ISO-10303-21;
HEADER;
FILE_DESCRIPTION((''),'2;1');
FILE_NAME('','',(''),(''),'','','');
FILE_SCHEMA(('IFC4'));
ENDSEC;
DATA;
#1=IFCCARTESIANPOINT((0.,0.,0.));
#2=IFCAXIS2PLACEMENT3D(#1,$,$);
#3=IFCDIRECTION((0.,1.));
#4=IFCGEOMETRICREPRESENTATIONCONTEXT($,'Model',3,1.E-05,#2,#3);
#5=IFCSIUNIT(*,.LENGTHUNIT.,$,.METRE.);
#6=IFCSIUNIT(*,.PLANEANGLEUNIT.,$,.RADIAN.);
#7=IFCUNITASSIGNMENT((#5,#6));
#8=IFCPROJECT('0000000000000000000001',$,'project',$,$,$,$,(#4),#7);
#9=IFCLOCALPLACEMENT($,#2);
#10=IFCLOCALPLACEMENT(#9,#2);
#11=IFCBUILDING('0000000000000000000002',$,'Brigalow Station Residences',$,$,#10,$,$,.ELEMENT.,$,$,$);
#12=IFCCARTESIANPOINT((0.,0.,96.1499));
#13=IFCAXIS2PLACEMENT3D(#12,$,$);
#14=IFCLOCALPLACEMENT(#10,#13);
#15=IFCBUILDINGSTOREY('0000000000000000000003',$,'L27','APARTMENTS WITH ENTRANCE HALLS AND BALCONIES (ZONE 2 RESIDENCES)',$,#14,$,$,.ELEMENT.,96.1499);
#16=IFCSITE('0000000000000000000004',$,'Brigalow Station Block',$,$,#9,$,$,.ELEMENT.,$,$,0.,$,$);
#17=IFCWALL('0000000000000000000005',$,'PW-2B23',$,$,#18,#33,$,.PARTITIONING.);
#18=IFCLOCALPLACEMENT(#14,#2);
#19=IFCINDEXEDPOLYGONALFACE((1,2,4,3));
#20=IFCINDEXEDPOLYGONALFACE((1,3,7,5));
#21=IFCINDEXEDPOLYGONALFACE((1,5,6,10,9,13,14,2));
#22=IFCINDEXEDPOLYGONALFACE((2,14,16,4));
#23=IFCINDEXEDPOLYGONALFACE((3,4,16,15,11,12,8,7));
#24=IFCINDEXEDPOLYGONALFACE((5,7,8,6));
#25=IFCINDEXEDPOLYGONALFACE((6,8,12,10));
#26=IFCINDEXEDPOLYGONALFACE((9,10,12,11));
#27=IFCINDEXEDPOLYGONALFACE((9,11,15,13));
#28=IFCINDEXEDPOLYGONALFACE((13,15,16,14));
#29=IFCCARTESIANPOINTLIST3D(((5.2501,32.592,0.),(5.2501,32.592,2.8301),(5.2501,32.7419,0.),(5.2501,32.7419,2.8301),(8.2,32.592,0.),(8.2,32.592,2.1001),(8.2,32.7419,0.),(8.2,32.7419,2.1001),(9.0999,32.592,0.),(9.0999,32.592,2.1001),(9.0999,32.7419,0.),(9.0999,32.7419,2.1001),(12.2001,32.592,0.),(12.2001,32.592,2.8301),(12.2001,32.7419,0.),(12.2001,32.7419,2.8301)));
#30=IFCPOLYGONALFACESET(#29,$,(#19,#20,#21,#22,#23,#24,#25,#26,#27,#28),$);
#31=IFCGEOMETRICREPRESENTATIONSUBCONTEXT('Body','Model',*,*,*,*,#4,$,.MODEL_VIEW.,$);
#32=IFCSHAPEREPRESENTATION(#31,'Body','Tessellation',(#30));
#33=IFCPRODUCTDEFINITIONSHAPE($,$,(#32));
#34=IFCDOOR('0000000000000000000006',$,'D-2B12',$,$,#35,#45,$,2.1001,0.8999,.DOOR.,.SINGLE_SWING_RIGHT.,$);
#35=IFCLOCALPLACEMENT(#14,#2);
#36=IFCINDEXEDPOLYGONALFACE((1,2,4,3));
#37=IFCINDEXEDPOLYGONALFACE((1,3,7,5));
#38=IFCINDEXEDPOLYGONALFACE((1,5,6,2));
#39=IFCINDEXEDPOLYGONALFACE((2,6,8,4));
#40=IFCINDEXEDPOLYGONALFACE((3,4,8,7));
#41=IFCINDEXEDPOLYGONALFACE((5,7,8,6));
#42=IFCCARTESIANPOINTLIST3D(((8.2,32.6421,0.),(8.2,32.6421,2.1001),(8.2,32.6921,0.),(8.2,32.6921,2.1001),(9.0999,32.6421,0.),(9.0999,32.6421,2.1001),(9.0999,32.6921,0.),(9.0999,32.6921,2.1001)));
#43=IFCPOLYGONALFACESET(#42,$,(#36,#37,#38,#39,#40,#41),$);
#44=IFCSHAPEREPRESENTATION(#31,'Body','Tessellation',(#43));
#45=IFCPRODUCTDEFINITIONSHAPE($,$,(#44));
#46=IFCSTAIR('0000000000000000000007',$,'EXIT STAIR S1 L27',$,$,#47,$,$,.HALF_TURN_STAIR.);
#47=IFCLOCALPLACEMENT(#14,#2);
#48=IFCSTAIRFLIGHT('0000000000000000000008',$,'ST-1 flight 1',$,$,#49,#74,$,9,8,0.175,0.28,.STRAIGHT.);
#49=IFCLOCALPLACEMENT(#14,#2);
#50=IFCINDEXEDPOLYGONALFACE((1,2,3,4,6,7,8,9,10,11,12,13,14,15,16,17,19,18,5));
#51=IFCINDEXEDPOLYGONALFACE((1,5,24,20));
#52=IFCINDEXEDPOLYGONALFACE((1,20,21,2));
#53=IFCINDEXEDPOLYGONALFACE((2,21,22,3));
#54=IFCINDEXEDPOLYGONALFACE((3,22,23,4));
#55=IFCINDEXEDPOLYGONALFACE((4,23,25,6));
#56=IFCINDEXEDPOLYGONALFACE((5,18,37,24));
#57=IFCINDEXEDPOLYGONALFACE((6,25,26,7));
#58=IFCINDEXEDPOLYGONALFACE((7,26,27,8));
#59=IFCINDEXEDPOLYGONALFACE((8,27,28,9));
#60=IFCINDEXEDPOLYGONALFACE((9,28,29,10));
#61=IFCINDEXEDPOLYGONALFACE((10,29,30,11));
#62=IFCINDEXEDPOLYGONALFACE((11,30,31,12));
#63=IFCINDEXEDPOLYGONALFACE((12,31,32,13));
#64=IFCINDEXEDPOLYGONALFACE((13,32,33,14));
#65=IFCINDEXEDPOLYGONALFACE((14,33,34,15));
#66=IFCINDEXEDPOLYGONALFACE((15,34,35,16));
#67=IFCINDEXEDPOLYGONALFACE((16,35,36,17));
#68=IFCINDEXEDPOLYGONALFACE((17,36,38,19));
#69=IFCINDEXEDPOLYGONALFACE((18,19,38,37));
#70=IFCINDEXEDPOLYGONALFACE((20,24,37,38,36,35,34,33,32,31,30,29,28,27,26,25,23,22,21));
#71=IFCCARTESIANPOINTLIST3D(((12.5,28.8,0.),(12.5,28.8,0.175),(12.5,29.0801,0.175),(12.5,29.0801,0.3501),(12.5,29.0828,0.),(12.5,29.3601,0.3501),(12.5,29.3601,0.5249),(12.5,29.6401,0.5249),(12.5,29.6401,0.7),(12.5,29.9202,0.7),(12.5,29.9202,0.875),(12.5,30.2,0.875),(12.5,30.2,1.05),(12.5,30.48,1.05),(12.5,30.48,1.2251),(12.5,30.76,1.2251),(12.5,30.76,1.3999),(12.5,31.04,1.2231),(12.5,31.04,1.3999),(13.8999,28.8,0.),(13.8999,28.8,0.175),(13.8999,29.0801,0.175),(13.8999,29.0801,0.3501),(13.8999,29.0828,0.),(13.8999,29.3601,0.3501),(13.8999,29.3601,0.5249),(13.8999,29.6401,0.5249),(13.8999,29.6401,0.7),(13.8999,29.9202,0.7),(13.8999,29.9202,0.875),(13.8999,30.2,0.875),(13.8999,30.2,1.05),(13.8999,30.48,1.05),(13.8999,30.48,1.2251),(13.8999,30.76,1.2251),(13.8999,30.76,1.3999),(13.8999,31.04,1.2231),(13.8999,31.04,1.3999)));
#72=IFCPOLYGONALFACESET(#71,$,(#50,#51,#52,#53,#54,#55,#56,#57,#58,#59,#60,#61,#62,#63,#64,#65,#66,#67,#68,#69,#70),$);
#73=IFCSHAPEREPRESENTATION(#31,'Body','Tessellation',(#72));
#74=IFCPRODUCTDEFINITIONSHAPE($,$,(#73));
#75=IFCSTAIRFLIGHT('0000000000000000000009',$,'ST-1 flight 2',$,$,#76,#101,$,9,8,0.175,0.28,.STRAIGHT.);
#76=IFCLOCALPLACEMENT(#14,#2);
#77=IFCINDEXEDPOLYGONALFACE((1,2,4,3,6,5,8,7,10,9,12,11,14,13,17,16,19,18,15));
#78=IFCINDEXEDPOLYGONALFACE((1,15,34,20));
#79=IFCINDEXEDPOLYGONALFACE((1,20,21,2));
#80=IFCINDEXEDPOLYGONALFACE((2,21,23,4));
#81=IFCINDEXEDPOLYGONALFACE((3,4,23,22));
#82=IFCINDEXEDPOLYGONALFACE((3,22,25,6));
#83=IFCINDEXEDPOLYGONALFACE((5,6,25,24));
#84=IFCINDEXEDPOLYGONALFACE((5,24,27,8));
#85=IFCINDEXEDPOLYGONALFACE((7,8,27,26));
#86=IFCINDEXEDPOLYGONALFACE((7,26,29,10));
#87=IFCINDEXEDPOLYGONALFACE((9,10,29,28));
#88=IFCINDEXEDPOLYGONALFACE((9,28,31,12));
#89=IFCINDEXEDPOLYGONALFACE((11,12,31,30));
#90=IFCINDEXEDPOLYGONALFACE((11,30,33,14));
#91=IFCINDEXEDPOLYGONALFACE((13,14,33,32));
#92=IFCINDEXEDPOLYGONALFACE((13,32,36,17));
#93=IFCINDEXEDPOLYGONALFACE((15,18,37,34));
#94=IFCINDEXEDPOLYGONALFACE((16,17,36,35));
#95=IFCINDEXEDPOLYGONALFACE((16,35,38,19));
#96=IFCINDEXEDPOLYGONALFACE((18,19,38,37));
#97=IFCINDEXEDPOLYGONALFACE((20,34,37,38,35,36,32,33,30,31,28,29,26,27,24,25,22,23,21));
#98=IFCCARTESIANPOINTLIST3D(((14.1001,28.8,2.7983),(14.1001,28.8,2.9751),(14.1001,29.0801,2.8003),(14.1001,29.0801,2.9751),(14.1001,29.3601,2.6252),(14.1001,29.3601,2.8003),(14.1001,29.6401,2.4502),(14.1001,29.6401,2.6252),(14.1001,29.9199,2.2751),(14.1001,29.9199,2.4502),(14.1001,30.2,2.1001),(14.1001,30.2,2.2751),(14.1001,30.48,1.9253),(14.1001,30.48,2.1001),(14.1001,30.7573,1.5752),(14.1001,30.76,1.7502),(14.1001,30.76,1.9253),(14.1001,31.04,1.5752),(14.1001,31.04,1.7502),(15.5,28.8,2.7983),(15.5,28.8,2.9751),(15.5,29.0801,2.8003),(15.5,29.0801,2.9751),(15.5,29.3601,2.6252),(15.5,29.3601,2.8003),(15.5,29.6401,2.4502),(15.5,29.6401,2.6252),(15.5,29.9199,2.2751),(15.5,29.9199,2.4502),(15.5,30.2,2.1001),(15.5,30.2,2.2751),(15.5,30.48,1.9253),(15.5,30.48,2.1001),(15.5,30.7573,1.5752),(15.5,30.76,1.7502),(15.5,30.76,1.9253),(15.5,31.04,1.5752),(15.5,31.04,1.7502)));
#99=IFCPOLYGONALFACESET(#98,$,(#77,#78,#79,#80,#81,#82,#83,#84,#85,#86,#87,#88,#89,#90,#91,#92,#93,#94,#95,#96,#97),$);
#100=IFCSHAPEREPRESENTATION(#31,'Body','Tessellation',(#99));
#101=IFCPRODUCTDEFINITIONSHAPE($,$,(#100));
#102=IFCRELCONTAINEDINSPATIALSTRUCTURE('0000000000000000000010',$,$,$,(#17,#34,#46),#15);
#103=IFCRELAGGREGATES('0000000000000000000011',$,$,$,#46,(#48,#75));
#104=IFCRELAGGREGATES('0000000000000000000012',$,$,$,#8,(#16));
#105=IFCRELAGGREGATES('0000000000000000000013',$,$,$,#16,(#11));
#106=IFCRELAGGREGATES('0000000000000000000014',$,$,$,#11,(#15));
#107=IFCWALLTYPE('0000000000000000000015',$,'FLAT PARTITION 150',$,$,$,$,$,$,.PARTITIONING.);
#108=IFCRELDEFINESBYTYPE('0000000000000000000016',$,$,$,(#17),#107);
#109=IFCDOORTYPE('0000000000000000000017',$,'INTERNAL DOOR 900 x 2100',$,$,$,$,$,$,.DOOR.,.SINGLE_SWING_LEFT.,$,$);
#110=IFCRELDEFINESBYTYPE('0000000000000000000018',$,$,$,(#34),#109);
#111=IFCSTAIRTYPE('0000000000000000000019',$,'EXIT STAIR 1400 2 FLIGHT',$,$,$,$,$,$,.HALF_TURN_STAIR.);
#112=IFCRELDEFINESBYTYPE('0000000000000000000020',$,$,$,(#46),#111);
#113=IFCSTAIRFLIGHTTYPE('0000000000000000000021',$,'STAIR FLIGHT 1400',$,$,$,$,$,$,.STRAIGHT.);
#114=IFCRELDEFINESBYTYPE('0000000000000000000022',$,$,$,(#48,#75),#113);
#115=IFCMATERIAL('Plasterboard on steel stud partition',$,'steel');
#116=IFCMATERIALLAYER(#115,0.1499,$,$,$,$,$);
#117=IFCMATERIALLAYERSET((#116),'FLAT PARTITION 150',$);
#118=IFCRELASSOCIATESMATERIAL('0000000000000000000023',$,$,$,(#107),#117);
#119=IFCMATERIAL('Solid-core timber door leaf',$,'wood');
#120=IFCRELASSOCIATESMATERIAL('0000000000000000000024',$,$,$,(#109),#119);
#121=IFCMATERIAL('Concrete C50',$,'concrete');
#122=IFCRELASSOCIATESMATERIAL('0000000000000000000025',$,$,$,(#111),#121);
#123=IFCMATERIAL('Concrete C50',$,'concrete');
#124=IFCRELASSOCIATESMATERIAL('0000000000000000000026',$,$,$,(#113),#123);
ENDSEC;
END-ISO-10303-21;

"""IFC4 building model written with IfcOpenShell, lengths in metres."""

from ifc_helpers import new_model, si_unit, direction, frame, frame_2d, origin, place, context, subcontext, project, spatial, polyline, rectangle, outline, extrude, material, layer, layer_set, type_object, element, fill, aggregate, save


model = new_model("IFC4")

# Units and contexts
model_context = context("Model", 3, precision=1e-05, world=origin(), true_north=direction((0.0, 1.0)))
body_context = subcontext(model_context, "Body", "Model", "MODEL_VIEW")
ifc_project = project(units=[si_unit("LENGTHUNIT", "METRE"), si_unit("PLANEANGLEUNIT", "RADIAN")], contexts=[model_context])

# Site, building, storey
site_placement = place(None, origin())
site = spatial("IfcSite", under=ifc_project, at=site_placement, Name="Brigalow Station Block", CompositionType="ELEMENT", RefElevation=0.0)
building_placement = place(site_placement, origin())
building = spatial("IfcBuilding", under=site, at=building_placement, Name="Brigalow Station Residences", CompositionType="ELEMENT")
storey_placement = place(building_placement, frame((0.0, 0.0, 96.1499)))
storey = spatial("IfcBuildingStorey", under=building, at=storey_placement, Name="L27", Description="APARTMENTS WITH ENTRANCE HALLS AND BALCONIES (ZONE 2 RESIDENCES)", CompositionType="ELEMENT", Elevation=96.1499)

# Wall, opening, door
ifc_material_1 = material(Name="Plasterboard on steel stud partition", Category="steel")
ifc_layer_1 = layer(ifc_material_1, 0.1499)
ifc_layer_set_1 = layer_set([ifc_layer_1], Name="FLAT PARTITION 150")
wall_type_1 = type_object("IfcWallType", Name="FLAT PARTITION 150", PredefinedType="PARTITIONING", material=ifc_layer_set_1)
ifc_material_2 = material(Name="Solid-core timber door leaf", Category="wood")
door_type_1 = type_object("IfcDoorType", Name="INTERNAL DOOR 900 x 2100", OperationType="SINGLE_SWING_LEFT", PredefinedType="DOOR", material=ifc_material_2)
wall_1_placement = place(storey_placement, frame((5.25, 32.667, 0.0), z_axis=(0.0, 0.0, 1.0), x_axis=(1.0, 0.0, 0.0)))
wall_1 = element("IfcWall", 1, at=wall_1_placement, inside=storey, type_object=wall_type_1, Name="PW-2B23", PredefinedType="PARTITIONING", context=body_context, shape_type="SweptSolid", body=[
    extrude(rectangle(XDim=6.95, YDim=0.1499, at=frame_2d((3.4751, 0.0))), origin(), (0.0, 0.0, 1.0), 2.8301),
])
opening_1_placement = place(wall_1_placement, frame((2.95, 0.0, 0.0)))
opening_1 = element("IfcOpeningElement", 2, at=opening_1_placement, cuts=wall_1, PredefinedType="OPENING", context=body_context, shape_type="SweptSolid", body=[
    extrude(rectangle(XDim=0.8999, YDim=2.1001, at=frame_2d((0.45, 1.05))), frame((0.0, 0.085, 0.0), z_axis=(0.0, -1.0, 0.0), x_axis=(1.0, 0.0, 0.0)), (0.0, 0.0, 1.0), 0.1699),
])
door_1_placement = place(opening_1_placement, frame((0.8999, 0.0, 0.0), z_axis=(0.0, 0.0, 1.0), x_axis=(-1.0, 0.0, 0.0)))
door_1 = element("IfcDoor", 3, at=door_1_placement, inside=storey, type_object=door_type_1, Name="D-2B12", OperationType="SINGLE_SWING_RIGHT", OverallHeight=2.1001, OverallWidth=0.8999, PredefinedType="DOOR", context=body_context, shape_type="SweptSolid", body=[
    extrude(rectangle(XDim=0.8999, YDim=2.1001, at=frame_2d((0.45, 1.05))), frame((0.0, 0.0249, 0.0), z_axis=(0.0, -1.0, 0.0), x_axis=(1.0, 0.0, 0.0)), (0.0, 0.0, 1.0), 0.05),
])
fill(opening_1, door_1)

# Stair, stair flights
ifc_material_3 = material(Name="Concrete C50", Category="concrete")
stair_type = type_object("IfcStairType", Name="EXIT STAIR 1400 2 FLIGHT", PredefinedType="HALF_TURN_STAIR", material=ifc_material_3)
stair_placement = place(storey_placement, origin())
stair = element("IfcStair", 4, at=stair_placement, inside=storey, type_object=stair_type, Name="EXIT STAIR S1 L27", PredefinedType="HALF_TURN_STAIR")
ifc_material_4 = material(Name="Concrete C50", Category="concrete")
stair_flight_type = type_object("IfcStairFlightType", Name="STAIR FLIGHT 1400", PredefinedType="STRAIGHT", material=ifc_material_4)
stair_flight_1_placement = place(storey_placement, frame((13.2, 28.8, 0.0), z_axis=(0.0, 0.0, 1.0), x_axis=(0.0, 1.0, 0.0)))
stair_flight_1 = element("IfcStairFlight", 5, at=stair_flight_1_placement, type_object=stair_flight_type, Name="ST-1 flight 1", NumberOfRisers=9, NumberOfTreads=8, PredefinedType="STRAIGHT", RiserHeight=0.175, TreadLength=0.28, context=body_context, shape_type="SweptSolid", body=[
    extrude(outline(polyline([(0.0, 0.0), (0.0, 0.175), (0.28, 0.175), (0.28, 0.3501), (0.5601, 0.3501), (0.5601, 0.5249), (0.8401, 0.5249), (0.8401, 0.7), (1.1201, 0.7), (1.1201, 0.875), (1.3999, 0.875), (1.3999, 1.05), (1.6799, 1.05), (1.6799, 1.2251), (1.96, 1.2251), (1.96, 1.3999), (2.24, 1.3999), (2.24, 1.575), (2.24, 1.2231), (0.2827, 0.0), (0.0, 0.0)])), frame((0.0, 0.7, 0.0), z_axis=(0.0, -1.0, 0.0), x_axis=(1.0, 0.0, 0.0)), (0.0, 0.0, 1.0), 1.3999),
])
stair_flight_2_placement = place(storey_placement, frame((14.8, 31.04, 1.5752), z_axis=(0.0, 0.0, 1.0), x_axis=(0.0, -1.0, 0.0)))
stair_flight_2 = element("IfcStairFlight", 6, at=stair_flight_2_placement, type_object=stair_flight_type, Name="ST-1 flight 2", NumberOfRisers=9, NumberOfTreads=8, PredefinedType="STRAIGHT", RiserHeight=0.175, TreadLength=0.28, context=body_context, shape_type="SweptSolid", body=[
    extrude(outline(polyline([(0.0, 0.0), (0.0, 0.175), (0.28, 0.175), (0.28, 0.3501), (0.5601, 0.3501), (0.5601, 0.5249), (0.8401, 0.5249), (0.8401, 0.7), (1.1201, 0.7), (1.1201, 0.875), (1.3999, 0.875), (1.3999, 1.05), (1.6799, 1.05), (1.6799, 1.2251), (1.96, 1.2251), (1.96, 1.3999), (2.24, 1.3999), (2.24, 1.575), (2.24, 1.2231), (0.2827, 0.0), (0.0, 0.0)])), frame((0.0, 0.7, 0.0), z_axis=(0.0, -1.0, 0.0), x_axis=(1.0, 0.0, 0.0)), (0.0, 0.0, 1.0), 1.3999),
])
aggregate(stair, [stair_flight_1, stair_flight_2])

save(model, "model.ifc")
